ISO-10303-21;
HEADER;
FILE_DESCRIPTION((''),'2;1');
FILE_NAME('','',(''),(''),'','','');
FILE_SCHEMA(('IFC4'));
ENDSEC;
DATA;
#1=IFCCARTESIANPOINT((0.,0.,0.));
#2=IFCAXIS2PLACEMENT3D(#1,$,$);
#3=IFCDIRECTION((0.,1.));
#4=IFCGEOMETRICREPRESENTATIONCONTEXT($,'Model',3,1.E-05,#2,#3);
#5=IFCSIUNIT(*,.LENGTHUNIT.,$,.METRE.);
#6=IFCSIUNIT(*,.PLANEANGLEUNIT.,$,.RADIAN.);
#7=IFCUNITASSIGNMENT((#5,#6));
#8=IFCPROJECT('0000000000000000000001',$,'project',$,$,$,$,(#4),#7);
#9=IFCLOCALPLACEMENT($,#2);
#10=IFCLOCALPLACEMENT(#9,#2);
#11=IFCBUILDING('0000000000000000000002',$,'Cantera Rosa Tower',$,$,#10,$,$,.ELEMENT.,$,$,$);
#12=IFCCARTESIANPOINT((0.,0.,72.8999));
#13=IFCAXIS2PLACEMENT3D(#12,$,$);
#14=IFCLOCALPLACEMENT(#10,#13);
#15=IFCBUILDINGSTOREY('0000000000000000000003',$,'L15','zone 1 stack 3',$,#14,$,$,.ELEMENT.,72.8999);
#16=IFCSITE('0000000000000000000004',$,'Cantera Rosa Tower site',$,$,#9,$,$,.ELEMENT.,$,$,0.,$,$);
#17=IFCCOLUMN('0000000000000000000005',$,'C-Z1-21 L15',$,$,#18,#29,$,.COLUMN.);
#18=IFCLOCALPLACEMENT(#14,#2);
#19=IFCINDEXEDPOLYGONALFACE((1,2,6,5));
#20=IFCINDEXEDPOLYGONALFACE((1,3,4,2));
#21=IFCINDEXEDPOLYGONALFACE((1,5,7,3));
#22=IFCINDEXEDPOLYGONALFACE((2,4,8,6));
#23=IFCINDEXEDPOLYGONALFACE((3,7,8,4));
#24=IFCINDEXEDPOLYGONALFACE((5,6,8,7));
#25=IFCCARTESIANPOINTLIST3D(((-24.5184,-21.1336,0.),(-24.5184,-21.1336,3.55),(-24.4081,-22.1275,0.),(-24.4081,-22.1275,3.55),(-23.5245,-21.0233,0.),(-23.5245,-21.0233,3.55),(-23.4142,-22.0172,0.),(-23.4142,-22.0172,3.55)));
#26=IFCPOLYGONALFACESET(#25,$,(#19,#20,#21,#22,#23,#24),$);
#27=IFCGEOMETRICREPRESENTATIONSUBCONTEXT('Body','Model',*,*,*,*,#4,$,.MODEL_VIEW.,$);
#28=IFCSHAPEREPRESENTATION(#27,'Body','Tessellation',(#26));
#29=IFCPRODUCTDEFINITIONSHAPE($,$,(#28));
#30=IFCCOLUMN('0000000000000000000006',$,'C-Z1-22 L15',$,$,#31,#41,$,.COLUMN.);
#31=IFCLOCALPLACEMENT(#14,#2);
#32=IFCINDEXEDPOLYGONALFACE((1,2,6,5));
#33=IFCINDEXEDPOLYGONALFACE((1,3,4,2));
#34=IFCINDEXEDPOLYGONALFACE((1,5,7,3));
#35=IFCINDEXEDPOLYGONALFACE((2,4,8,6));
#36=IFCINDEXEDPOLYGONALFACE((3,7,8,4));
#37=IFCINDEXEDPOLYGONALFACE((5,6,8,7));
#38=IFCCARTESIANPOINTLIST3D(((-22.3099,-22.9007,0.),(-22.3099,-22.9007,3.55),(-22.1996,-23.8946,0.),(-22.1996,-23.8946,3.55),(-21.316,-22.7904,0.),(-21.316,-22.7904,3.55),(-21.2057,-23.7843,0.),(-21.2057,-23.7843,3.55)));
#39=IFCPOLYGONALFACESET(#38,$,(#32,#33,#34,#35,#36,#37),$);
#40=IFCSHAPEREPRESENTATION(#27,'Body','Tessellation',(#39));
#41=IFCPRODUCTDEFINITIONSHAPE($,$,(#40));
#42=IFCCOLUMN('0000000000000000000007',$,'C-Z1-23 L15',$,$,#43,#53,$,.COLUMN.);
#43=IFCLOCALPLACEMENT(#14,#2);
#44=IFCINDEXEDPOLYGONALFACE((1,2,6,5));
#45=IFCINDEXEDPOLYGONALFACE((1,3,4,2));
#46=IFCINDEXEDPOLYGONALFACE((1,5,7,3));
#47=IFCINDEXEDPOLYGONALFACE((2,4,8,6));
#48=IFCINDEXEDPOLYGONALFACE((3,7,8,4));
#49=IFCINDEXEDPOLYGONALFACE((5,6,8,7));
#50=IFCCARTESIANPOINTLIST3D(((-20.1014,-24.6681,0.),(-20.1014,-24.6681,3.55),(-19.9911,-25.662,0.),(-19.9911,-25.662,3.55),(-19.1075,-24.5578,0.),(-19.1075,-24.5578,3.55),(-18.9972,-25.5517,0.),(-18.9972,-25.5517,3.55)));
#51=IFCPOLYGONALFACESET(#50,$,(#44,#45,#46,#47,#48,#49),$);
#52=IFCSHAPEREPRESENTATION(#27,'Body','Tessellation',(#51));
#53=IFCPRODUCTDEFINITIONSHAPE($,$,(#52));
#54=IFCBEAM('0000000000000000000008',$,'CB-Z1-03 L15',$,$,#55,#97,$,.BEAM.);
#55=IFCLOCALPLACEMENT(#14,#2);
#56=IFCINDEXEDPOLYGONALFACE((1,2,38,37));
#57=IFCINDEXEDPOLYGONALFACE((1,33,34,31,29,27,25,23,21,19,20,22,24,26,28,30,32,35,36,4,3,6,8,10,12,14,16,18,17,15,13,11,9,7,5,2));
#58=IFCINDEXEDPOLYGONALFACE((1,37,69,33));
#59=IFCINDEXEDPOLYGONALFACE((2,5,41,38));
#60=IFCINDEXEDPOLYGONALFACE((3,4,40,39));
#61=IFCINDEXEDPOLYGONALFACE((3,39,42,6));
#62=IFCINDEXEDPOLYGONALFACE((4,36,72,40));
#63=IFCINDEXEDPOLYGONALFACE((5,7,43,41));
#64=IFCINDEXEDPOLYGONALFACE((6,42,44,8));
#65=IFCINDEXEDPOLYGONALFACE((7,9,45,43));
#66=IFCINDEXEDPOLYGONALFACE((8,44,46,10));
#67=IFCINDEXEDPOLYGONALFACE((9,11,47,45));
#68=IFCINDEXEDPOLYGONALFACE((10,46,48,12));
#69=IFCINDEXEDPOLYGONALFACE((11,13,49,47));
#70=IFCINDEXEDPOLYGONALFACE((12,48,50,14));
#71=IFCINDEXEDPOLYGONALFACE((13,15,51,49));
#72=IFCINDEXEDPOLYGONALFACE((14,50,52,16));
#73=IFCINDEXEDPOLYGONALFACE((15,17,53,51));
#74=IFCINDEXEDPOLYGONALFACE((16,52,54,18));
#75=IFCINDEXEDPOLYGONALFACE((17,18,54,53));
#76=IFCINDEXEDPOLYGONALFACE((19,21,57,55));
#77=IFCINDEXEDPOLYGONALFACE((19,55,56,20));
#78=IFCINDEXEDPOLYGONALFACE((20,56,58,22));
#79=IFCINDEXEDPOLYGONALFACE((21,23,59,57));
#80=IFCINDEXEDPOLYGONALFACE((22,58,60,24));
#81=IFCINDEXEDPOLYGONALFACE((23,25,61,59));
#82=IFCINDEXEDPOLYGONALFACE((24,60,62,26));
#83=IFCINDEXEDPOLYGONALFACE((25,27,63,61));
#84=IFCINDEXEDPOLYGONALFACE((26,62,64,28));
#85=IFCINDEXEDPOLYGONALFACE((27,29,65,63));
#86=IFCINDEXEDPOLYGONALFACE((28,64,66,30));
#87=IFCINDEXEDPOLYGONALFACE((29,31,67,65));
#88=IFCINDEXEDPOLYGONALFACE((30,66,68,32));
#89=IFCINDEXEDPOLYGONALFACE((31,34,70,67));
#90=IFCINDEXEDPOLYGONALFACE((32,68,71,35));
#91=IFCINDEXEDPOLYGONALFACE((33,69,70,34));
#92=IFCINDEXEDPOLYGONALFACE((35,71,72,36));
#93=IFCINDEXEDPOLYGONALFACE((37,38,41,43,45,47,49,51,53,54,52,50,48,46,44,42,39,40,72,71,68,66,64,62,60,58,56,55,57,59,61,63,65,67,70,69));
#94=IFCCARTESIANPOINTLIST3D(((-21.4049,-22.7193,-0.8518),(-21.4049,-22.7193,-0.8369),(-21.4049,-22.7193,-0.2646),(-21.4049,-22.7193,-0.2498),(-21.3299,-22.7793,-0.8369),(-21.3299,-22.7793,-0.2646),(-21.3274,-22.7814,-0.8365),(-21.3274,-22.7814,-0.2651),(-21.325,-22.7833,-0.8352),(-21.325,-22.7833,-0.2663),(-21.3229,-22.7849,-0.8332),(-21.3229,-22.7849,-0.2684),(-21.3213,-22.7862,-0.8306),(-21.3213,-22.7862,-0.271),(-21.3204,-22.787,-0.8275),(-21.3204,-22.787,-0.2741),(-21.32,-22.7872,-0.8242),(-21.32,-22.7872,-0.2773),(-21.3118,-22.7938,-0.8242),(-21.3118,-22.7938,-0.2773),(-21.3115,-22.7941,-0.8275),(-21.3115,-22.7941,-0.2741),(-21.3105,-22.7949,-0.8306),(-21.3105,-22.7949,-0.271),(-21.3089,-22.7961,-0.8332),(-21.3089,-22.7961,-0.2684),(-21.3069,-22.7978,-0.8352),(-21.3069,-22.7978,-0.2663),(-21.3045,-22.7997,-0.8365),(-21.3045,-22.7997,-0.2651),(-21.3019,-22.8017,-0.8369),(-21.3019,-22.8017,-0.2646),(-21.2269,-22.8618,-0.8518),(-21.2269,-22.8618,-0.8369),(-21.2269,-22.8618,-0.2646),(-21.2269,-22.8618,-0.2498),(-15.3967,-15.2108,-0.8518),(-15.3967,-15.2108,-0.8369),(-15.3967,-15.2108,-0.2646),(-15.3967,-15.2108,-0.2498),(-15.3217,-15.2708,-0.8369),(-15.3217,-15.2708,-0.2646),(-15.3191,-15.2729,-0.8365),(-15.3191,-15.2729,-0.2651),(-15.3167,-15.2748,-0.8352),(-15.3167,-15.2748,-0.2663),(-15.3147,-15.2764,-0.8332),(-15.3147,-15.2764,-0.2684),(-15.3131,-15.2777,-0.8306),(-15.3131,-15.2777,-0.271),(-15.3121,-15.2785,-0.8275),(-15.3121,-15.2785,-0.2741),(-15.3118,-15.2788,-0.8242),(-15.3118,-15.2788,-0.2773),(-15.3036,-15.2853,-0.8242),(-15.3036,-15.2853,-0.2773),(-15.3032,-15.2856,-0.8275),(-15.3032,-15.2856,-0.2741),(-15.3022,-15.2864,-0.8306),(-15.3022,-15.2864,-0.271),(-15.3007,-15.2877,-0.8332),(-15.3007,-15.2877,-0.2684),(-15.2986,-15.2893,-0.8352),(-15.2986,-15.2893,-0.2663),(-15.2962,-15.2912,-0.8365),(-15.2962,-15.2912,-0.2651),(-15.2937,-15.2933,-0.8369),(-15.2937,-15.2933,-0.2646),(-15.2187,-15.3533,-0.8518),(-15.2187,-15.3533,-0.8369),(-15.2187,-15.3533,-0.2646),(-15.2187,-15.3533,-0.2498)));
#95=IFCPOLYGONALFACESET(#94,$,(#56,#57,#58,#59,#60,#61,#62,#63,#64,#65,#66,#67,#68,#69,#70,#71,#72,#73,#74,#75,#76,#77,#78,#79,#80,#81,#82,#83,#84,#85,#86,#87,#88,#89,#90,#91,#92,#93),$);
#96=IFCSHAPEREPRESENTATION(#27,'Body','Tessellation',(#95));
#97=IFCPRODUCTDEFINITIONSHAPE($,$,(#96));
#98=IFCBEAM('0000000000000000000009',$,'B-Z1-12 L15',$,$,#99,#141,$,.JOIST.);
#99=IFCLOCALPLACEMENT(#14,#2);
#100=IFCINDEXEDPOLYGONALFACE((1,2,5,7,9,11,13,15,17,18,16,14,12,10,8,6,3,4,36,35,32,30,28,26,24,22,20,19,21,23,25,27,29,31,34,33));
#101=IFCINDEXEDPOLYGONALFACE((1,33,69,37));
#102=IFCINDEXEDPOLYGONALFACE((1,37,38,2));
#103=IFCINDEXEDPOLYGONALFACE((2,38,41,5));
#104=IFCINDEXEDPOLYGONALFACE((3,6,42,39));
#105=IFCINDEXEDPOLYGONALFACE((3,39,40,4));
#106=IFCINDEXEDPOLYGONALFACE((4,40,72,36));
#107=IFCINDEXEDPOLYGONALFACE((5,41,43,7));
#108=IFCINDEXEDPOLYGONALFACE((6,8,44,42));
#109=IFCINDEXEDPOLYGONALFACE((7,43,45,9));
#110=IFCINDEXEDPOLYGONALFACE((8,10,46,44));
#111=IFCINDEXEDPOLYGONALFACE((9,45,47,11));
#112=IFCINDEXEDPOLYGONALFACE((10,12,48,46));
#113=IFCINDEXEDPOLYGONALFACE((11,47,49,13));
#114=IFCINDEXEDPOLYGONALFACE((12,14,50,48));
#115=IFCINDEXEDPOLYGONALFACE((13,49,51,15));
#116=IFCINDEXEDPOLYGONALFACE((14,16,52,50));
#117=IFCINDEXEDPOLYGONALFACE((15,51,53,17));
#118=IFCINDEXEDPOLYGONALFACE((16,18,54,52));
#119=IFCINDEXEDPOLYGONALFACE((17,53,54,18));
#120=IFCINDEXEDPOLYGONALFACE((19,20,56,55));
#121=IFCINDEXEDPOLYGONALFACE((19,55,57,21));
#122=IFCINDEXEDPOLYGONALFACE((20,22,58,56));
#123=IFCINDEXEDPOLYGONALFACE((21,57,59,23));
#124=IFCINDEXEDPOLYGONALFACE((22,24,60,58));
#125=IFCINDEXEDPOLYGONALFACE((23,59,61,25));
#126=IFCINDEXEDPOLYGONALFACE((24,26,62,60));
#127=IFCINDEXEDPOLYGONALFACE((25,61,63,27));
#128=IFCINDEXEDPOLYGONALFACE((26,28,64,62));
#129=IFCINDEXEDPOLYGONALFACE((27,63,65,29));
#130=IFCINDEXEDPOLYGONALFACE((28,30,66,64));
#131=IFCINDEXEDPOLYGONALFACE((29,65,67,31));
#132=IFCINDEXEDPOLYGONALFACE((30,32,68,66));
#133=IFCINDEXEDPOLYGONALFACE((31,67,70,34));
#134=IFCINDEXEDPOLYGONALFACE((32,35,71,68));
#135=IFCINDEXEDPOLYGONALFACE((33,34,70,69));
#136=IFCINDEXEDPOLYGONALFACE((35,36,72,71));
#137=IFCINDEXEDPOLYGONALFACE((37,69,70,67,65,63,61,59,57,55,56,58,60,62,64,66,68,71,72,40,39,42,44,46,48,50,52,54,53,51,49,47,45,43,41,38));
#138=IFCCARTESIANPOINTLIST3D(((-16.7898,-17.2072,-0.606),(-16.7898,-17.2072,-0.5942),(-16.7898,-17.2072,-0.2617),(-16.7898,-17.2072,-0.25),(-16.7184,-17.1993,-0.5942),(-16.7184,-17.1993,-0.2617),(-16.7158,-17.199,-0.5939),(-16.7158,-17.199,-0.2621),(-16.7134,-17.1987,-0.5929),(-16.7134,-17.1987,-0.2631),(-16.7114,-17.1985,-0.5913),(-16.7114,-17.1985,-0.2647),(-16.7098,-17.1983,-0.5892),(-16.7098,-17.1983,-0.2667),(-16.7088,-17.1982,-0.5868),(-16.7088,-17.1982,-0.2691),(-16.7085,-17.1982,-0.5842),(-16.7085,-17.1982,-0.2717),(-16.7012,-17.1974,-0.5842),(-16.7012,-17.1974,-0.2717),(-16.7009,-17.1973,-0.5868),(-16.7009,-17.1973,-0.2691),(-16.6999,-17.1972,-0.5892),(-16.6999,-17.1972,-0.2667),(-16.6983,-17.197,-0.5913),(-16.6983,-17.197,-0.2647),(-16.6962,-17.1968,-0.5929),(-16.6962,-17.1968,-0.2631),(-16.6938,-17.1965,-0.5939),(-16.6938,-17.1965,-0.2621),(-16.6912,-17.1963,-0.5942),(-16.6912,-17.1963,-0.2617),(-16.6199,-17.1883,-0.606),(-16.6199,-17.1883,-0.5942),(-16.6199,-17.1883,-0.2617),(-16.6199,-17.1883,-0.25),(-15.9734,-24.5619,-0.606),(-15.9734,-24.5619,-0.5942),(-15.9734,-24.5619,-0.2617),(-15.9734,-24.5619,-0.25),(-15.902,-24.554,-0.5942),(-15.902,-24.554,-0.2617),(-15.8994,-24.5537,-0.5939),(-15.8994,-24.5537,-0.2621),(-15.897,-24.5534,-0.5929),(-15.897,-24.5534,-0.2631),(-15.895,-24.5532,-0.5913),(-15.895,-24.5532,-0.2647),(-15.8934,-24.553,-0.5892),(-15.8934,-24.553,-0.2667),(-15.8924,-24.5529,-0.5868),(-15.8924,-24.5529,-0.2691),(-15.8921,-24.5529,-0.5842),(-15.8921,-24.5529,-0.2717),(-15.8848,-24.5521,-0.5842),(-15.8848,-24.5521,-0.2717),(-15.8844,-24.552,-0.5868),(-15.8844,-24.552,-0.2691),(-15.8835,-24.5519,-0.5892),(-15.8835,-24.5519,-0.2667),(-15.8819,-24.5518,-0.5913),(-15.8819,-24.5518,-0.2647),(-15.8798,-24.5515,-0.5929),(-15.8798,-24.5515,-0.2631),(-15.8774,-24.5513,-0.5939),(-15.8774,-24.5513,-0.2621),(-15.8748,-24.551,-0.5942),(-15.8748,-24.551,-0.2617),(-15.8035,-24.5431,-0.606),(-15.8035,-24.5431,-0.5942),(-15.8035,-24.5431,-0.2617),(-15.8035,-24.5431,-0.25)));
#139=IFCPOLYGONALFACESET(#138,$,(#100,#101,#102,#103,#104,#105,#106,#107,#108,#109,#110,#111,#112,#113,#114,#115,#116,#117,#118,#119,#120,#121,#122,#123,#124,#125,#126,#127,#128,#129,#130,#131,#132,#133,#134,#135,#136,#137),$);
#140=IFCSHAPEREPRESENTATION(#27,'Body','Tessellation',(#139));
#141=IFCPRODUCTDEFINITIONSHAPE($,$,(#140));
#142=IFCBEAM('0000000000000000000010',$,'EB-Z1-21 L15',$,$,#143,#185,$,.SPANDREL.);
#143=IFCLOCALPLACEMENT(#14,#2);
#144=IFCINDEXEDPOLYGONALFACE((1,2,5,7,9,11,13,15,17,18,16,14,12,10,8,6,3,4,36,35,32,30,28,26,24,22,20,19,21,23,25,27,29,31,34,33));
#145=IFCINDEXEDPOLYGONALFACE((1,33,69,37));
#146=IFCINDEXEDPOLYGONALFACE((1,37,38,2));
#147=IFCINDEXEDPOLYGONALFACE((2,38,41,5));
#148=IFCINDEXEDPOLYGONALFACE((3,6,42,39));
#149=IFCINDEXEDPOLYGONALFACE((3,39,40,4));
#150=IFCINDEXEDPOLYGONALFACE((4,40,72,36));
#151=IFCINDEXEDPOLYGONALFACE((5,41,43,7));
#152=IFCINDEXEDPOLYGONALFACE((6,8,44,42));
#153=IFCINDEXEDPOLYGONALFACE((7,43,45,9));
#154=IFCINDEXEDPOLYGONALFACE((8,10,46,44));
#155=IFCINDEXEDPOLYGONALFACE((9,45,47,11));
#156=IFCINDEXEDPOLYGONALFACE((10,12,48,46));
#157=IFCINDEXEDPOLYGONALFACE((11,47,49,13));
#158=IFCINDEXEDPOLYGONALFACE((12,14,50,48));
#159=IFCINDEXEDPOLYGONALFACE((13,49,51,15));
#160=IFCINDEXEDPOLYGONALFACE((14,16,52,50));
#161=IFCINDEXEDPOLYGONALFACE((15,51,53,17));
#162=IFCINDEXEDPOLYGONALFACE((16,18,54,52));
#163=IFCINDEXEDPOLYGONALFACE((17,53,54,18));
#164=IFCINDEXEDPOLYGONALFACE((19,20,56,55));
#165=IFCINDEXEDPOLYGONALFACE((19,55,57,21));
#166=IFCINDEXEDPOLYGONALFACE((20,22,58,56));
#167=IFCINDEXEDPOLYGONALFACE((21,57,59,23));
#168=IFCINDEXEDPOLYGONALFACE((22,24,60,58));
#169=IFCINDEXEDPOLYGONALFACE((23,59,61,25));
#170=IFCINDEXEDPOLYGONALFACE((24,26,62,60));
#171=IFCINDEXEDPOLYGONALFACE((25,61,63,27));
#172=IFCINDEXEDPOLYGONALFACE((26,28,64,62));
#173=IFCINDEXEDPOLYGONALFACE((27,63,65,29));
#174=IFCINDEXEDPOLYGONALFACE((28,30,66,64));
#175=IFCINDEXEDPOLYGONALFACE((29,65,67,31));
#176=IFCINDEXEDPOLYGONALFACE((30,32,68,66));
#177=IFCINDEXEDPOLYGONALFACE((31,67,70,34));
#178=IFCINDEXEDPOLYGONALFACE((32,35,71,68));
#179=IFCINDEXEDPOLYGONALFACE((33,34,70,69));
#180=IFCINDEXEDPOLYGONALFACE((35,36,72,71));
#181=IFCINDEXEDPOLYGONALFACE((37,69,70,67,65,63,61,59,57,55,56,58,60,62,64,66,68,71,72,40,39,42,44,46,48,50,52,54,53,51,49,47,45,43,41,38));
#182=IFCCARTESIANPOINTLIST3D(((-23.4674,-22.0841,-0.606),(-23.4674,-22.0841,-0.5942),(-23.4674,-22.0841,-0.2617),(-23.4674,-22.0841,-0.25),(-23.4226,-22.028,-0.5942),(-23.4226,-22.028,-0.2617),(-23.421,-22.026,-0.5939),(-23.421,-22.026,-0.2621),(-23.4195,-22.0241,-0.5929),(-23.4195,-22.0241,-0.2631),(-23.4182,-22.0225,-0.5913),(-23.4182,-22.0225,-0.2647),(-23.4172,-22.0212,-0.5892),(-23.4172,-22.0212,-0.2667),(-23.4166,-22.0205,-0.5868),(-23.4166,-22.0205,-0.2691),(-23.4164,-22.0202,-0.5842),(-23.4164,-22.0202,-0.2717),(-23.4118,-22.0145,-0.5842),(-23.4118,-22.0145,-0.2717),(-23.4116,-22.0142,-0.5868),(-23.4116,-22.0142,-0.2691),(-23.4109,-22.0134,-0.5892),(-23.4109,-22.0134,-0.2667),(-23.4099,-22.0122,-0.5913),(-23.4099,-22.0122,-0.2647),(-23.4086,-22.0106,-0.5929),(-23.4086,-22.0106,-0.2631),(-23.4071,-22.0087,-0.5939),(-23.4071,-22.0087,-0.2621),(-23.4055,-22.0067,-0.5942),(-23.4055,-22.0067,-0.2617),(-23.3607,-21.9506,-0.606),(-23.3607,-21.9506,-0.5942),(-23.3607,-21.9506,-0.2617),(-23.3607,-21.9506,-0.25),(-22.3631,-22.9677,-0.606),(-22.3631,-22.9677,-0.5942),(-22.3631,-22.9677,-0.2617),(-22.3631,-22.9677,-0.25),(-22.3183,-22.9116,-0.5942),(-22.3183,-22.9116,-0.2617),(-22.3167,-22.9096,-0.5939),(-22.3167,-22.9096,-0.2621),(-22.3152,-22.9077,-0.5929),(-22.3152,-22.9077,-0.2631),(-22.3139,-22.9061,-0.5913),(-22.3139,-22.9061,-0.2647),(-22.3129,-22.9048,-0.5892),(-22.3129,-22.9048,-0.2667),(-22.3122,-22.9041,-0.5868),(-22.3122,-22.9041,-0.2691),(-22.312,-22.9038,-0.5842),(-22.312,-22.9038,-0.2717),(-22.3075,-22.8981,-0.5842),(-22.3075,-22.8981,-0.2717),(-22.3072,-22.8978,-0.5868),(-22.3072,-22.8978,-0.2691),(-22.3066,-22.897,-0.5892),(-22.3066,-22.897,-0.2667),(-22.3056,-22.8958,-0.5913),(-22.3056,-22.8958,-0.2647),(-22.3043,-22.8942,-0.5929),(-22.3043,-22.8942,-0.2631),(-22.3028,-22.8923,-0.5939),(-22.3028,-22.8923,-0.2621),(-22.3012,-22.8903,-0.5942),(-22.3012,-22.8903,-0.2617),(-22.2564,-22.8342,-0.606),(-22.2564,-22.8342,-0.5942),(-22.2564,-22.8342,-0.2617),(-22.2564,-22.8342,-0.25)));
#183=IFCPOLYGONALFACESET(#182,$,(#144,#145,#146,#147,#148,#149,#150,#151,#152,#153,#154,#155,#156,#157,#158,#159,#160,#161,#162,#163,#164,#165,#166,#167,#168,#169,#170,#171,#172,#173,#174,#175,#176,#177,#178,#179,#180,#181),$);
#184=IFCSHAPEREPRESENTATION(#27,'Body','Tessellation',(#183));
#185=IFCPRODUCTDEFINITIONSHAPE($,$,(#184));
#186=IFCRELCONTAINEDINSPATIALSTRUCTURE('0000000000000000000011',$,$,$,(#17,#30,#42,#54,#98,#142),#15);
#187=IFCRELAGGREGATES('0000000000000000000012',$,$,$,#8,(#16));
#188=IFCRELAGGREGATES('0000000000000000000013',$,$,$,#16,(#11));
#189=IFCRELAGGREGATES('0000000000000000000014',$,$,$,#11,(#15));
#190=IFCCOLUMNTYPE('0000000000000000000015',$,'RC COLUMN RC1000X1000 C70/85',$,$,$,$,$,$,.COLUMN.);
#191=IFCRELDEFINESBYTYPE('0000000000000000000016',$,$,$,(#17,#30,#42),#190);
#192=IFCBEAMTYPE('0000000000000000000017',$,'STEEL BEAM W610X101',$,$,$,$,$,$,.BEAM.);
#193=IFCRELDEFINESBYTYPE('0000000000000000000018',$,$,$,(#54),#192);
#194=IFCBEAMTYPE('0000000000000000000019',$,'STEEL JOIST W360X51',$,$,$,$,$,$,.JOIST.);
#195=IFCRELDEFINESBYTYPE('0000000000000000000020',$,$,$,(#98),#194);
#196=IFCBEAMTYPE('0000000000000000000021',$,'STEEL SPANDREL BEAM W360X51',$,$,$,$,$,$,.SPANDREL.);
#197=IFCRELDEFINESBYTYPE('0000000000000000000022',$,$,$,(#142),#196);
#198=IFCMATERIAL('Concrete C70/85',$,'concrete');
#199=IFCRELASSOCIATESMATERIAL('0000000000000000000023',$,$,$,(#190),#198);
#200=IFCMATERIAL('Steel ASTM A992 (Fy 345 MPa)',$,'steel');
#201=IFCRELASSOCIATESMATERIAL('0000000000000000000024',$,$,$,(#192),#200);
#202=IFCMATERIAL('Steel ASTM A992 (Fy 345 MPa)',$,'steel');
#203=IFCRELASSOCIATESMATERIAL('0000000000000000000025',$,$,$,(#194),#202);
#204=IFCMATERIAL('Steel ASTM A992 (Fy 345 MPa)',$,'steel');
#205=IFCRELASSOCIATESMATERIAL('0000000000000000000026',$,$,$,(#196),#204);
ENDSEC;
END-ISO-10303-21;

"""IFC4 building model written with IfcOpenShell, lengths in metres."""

from ifc_helpers import new_model, si_unit, direction, frame, origin, origin_2d, place, context, subcontext, project, spatial, rectangle, i_section, extrude, material, material_profile, profile_set, type_object, element, save


model = new_model("IFC4")

# Units and contexts
model_context = context("Model", 3, precision=1e-05, world=origin(), true_north=direction((0.0, 1.0)))
body_context = subcontext(model_context, "Body", "Model", "MODEL_VIEW")
ifc_project = project(units=[si_unit("LENGTHUNIT", "METRE"), si_unit("PLANEANGLEUNIT", "RADIAN")], contexts=[model_context])

# Site, building, storey
site_placement = place(None, origin())
site = spatial("IfcSite", under=ifc_project, at=site_placement, Name="Cantera Rosa Tower site", CompositionType="ELEMENT", RefElevation=0.0)
building_placement = place(site_placement, origin())
building = spatial("IfcBuilding", under=site, at=building_placement, Name="Cantera Rosa Tower", CompositionType="ELEMENT")
storey_placement = place(building_placement, frame((0.0, 0.0, 72.8999)))
storey = spatial("IfcBuildingStorey", under=building, at=storey_placement, Name="L15", Description="zone 1 stack 3", CompositionType="ELEMENT", Elevation=72.8999)

# Columns
ifc_material_1 = material(Name="Concrete C70/85", Category="concrete")
ifc_material_profile_1 = material_profile(ifc_material_1, rectangle(XDim=1.0, YDim=1.0, at=origin_2d()), Name="RC COLUMN RC1000X1000 C70/85")
ifc_profile_set_1 = profile_set([ifc_material_profile_1], Name="Concrete C70/85")
column_type = type_object("IfcColumnType", Name="RC COLUMN RC1000X1000 C70/85", PredefinedType="COLUMN", material=ifc_profile_set_1)
for number, where, z_axis, x_axis, name in (
    (1, (-23.9663, -21.5754, 0.0), (0.0, 0.0, 1.0), (0.993897, 0.110313, 0.0), "C-Z1-21 L15"),
    (2, (-21.7578, -23.3425, 0.0), (0.0, 0.0, 1.0), (0.993897, 0.110313, 0.0), "C-Z1-22 L15"),
    (3, (-19.5493, -25.1099, 0.0), (0.0, 0.0, 1.0), (0.993897, 0.110313, 0.0), "C-Z1-23 L15"),
):
    element("IfcColumn", number, at=place(storey_placement, frame(where, z_axis=z_axis, x_axis=x_axis)), inside=storey, type_object=column_type, Name=name, PredefinedType="COLUMN", context=body_context, shape_type="SweptSolid", body=[
        extrude(rectangle(XDim=1.0, YDim=1.0, at=origin_2d()), origin(), (0.0, 0.0, 1.0), 3.55),
    ])

# Beams
ifc_material_2 = material(Name="Steel ASTM A992 (Fy 345 MPa)", Category="steel")
ifc_material_profile_2 = material_profile(ifc_material_2, i_section(OverallWidth=0.228, OverallDepth=0.6021, WebThickness=0.0105, FlangeThickness=0.0149, FilletRadius=0.0127, at=origin_2d()), Name="W610X101")
ifc_profile_set_2 = profile_set([ifc_material_profile_2], Name="Steel ASTM A992 (Fy 345 MPa)")
beam_type_1 = type_object("IfcBeamType", Name="STEEL BEAM W610X101", PredefinedType="BEAM", material=ifc_profile_set_2)
beam_1_placement = place(storey_placement, frame((-21.3159, -22.7905, -0.5508), z_axis=(0.624788, 0.780794, 0.0), x_axis=(-0.780794, 0.624788, 0.0)))
element("IfcBeam", 4, at=beam_1_placement, inside=storey, type_object=beam_type_1, Name="CB-Z1-03 L15", PredefinedType="BEAM", context=body_context, shape_type="SweptSolid", body=[
    extrude(i_section(OverallWidth=0.228, OverallDepth=0.6021, WebThickness=0.0105, FlangeThickness=0.0149, FilletRadius=0.0127, at=origin_2d()), origin(), (0.0, 0.0, 1.0), 9.6165),
])
ifc_material_3 = material(Name="Steel ASTM A992 (Fy 345 MPa)", Category="steel")
ifc_material_profile_3 = material_profile(ifc_material_3, i_section(OverallWidth=0.1709, OverallDepth=0.356, WebThickness=0.0073, FlangeThickness=0.0117, FilletRadius=0.01, at=origin_2d()), Name="W360X51")
ifc_profile_set_3 = profile_set([ifc_material_profile_3], Name="Steel ASTM A992 (Fy 345 MPa)")
beam_type_2 = type_object("IfcBeamType", Name="STEEL JOIST W360X51", PredefinedType="JOIST", material=ifc_profile_set_3)
beam_2_placement = place(storey_placement, frame((-15.8884, -24.5525, -0.428), z_axis=(-0.110327, 0.993895, 0.0), x_axis=(-0.993895, -0.110327, 0.0)))
element("IfcBeam", 5, at=beam_2_placement, inside=storey, type_object=beam_type_2, Name="B-Z1-12 L15", PredefinedType="JOIST", context=body_context, shape_type="SweptSolid", body=[
    extrude(i_section(OverallWidth=0.1709, OverallDepth=0.356, WebThickness=0.0073, FlangeThickness=0.0117, FilletRadius=0.01, at=origin_2d()), origin(), (0.0, 0.0, 1.0), 7.3999),
])
ifc_material_4 = material(Name="Steel ASTM A992 (Fy 345 MPa)", Category="steel")
ifc_material_profile_4 = material_profile(ifc_material_4, i_section(OverallWidth=0.1709, OverallDepth=0.356, WebThickness=0.0073, FlangeThickness=0.0117, FilletRadius=0.01, at=origin_2d()), Name="W360X51")
ifc_profile_set_4 = profile_set([ifc_material_profile_4], Name="Steel ASTM A992 (Fy 345 MPa)")
beam_type_3 = type_object("IfcBeamType", Name="STEEL SPANDREL BEAM W360X51", PredefinedType="SPANDREL", material=ifc_profile_set_4)
for number, where, z_axis, x_axis, name in (
    (6, (-23.4141, -22.0173, -0.428), (0.780818, -0.624758, 0.0), (0.624758, 0.780818, 0.0), "EB-Z1-21 L15"),
):
    element("IfcBeam", number, at=place(storey_placement, frame(where, z_axis=z_axis, x_axis=x_axis)), inside=storey, type_object=beam_type_3, Name=name, PredefinedType="SPANDREL", context=body_context, shape_type="SweptSolid", body=[
        extrude(i_section(OverallWidth=0.1709, OverallDepth=0.356, WebThickness=0.0073, FlangeThickness=0.0117, FilletRadius=0.01, at=origin_2d()), origin(), (0.0, 0.0, 1.0), 1.4143),
    ])

save(model, "model.ifc")
